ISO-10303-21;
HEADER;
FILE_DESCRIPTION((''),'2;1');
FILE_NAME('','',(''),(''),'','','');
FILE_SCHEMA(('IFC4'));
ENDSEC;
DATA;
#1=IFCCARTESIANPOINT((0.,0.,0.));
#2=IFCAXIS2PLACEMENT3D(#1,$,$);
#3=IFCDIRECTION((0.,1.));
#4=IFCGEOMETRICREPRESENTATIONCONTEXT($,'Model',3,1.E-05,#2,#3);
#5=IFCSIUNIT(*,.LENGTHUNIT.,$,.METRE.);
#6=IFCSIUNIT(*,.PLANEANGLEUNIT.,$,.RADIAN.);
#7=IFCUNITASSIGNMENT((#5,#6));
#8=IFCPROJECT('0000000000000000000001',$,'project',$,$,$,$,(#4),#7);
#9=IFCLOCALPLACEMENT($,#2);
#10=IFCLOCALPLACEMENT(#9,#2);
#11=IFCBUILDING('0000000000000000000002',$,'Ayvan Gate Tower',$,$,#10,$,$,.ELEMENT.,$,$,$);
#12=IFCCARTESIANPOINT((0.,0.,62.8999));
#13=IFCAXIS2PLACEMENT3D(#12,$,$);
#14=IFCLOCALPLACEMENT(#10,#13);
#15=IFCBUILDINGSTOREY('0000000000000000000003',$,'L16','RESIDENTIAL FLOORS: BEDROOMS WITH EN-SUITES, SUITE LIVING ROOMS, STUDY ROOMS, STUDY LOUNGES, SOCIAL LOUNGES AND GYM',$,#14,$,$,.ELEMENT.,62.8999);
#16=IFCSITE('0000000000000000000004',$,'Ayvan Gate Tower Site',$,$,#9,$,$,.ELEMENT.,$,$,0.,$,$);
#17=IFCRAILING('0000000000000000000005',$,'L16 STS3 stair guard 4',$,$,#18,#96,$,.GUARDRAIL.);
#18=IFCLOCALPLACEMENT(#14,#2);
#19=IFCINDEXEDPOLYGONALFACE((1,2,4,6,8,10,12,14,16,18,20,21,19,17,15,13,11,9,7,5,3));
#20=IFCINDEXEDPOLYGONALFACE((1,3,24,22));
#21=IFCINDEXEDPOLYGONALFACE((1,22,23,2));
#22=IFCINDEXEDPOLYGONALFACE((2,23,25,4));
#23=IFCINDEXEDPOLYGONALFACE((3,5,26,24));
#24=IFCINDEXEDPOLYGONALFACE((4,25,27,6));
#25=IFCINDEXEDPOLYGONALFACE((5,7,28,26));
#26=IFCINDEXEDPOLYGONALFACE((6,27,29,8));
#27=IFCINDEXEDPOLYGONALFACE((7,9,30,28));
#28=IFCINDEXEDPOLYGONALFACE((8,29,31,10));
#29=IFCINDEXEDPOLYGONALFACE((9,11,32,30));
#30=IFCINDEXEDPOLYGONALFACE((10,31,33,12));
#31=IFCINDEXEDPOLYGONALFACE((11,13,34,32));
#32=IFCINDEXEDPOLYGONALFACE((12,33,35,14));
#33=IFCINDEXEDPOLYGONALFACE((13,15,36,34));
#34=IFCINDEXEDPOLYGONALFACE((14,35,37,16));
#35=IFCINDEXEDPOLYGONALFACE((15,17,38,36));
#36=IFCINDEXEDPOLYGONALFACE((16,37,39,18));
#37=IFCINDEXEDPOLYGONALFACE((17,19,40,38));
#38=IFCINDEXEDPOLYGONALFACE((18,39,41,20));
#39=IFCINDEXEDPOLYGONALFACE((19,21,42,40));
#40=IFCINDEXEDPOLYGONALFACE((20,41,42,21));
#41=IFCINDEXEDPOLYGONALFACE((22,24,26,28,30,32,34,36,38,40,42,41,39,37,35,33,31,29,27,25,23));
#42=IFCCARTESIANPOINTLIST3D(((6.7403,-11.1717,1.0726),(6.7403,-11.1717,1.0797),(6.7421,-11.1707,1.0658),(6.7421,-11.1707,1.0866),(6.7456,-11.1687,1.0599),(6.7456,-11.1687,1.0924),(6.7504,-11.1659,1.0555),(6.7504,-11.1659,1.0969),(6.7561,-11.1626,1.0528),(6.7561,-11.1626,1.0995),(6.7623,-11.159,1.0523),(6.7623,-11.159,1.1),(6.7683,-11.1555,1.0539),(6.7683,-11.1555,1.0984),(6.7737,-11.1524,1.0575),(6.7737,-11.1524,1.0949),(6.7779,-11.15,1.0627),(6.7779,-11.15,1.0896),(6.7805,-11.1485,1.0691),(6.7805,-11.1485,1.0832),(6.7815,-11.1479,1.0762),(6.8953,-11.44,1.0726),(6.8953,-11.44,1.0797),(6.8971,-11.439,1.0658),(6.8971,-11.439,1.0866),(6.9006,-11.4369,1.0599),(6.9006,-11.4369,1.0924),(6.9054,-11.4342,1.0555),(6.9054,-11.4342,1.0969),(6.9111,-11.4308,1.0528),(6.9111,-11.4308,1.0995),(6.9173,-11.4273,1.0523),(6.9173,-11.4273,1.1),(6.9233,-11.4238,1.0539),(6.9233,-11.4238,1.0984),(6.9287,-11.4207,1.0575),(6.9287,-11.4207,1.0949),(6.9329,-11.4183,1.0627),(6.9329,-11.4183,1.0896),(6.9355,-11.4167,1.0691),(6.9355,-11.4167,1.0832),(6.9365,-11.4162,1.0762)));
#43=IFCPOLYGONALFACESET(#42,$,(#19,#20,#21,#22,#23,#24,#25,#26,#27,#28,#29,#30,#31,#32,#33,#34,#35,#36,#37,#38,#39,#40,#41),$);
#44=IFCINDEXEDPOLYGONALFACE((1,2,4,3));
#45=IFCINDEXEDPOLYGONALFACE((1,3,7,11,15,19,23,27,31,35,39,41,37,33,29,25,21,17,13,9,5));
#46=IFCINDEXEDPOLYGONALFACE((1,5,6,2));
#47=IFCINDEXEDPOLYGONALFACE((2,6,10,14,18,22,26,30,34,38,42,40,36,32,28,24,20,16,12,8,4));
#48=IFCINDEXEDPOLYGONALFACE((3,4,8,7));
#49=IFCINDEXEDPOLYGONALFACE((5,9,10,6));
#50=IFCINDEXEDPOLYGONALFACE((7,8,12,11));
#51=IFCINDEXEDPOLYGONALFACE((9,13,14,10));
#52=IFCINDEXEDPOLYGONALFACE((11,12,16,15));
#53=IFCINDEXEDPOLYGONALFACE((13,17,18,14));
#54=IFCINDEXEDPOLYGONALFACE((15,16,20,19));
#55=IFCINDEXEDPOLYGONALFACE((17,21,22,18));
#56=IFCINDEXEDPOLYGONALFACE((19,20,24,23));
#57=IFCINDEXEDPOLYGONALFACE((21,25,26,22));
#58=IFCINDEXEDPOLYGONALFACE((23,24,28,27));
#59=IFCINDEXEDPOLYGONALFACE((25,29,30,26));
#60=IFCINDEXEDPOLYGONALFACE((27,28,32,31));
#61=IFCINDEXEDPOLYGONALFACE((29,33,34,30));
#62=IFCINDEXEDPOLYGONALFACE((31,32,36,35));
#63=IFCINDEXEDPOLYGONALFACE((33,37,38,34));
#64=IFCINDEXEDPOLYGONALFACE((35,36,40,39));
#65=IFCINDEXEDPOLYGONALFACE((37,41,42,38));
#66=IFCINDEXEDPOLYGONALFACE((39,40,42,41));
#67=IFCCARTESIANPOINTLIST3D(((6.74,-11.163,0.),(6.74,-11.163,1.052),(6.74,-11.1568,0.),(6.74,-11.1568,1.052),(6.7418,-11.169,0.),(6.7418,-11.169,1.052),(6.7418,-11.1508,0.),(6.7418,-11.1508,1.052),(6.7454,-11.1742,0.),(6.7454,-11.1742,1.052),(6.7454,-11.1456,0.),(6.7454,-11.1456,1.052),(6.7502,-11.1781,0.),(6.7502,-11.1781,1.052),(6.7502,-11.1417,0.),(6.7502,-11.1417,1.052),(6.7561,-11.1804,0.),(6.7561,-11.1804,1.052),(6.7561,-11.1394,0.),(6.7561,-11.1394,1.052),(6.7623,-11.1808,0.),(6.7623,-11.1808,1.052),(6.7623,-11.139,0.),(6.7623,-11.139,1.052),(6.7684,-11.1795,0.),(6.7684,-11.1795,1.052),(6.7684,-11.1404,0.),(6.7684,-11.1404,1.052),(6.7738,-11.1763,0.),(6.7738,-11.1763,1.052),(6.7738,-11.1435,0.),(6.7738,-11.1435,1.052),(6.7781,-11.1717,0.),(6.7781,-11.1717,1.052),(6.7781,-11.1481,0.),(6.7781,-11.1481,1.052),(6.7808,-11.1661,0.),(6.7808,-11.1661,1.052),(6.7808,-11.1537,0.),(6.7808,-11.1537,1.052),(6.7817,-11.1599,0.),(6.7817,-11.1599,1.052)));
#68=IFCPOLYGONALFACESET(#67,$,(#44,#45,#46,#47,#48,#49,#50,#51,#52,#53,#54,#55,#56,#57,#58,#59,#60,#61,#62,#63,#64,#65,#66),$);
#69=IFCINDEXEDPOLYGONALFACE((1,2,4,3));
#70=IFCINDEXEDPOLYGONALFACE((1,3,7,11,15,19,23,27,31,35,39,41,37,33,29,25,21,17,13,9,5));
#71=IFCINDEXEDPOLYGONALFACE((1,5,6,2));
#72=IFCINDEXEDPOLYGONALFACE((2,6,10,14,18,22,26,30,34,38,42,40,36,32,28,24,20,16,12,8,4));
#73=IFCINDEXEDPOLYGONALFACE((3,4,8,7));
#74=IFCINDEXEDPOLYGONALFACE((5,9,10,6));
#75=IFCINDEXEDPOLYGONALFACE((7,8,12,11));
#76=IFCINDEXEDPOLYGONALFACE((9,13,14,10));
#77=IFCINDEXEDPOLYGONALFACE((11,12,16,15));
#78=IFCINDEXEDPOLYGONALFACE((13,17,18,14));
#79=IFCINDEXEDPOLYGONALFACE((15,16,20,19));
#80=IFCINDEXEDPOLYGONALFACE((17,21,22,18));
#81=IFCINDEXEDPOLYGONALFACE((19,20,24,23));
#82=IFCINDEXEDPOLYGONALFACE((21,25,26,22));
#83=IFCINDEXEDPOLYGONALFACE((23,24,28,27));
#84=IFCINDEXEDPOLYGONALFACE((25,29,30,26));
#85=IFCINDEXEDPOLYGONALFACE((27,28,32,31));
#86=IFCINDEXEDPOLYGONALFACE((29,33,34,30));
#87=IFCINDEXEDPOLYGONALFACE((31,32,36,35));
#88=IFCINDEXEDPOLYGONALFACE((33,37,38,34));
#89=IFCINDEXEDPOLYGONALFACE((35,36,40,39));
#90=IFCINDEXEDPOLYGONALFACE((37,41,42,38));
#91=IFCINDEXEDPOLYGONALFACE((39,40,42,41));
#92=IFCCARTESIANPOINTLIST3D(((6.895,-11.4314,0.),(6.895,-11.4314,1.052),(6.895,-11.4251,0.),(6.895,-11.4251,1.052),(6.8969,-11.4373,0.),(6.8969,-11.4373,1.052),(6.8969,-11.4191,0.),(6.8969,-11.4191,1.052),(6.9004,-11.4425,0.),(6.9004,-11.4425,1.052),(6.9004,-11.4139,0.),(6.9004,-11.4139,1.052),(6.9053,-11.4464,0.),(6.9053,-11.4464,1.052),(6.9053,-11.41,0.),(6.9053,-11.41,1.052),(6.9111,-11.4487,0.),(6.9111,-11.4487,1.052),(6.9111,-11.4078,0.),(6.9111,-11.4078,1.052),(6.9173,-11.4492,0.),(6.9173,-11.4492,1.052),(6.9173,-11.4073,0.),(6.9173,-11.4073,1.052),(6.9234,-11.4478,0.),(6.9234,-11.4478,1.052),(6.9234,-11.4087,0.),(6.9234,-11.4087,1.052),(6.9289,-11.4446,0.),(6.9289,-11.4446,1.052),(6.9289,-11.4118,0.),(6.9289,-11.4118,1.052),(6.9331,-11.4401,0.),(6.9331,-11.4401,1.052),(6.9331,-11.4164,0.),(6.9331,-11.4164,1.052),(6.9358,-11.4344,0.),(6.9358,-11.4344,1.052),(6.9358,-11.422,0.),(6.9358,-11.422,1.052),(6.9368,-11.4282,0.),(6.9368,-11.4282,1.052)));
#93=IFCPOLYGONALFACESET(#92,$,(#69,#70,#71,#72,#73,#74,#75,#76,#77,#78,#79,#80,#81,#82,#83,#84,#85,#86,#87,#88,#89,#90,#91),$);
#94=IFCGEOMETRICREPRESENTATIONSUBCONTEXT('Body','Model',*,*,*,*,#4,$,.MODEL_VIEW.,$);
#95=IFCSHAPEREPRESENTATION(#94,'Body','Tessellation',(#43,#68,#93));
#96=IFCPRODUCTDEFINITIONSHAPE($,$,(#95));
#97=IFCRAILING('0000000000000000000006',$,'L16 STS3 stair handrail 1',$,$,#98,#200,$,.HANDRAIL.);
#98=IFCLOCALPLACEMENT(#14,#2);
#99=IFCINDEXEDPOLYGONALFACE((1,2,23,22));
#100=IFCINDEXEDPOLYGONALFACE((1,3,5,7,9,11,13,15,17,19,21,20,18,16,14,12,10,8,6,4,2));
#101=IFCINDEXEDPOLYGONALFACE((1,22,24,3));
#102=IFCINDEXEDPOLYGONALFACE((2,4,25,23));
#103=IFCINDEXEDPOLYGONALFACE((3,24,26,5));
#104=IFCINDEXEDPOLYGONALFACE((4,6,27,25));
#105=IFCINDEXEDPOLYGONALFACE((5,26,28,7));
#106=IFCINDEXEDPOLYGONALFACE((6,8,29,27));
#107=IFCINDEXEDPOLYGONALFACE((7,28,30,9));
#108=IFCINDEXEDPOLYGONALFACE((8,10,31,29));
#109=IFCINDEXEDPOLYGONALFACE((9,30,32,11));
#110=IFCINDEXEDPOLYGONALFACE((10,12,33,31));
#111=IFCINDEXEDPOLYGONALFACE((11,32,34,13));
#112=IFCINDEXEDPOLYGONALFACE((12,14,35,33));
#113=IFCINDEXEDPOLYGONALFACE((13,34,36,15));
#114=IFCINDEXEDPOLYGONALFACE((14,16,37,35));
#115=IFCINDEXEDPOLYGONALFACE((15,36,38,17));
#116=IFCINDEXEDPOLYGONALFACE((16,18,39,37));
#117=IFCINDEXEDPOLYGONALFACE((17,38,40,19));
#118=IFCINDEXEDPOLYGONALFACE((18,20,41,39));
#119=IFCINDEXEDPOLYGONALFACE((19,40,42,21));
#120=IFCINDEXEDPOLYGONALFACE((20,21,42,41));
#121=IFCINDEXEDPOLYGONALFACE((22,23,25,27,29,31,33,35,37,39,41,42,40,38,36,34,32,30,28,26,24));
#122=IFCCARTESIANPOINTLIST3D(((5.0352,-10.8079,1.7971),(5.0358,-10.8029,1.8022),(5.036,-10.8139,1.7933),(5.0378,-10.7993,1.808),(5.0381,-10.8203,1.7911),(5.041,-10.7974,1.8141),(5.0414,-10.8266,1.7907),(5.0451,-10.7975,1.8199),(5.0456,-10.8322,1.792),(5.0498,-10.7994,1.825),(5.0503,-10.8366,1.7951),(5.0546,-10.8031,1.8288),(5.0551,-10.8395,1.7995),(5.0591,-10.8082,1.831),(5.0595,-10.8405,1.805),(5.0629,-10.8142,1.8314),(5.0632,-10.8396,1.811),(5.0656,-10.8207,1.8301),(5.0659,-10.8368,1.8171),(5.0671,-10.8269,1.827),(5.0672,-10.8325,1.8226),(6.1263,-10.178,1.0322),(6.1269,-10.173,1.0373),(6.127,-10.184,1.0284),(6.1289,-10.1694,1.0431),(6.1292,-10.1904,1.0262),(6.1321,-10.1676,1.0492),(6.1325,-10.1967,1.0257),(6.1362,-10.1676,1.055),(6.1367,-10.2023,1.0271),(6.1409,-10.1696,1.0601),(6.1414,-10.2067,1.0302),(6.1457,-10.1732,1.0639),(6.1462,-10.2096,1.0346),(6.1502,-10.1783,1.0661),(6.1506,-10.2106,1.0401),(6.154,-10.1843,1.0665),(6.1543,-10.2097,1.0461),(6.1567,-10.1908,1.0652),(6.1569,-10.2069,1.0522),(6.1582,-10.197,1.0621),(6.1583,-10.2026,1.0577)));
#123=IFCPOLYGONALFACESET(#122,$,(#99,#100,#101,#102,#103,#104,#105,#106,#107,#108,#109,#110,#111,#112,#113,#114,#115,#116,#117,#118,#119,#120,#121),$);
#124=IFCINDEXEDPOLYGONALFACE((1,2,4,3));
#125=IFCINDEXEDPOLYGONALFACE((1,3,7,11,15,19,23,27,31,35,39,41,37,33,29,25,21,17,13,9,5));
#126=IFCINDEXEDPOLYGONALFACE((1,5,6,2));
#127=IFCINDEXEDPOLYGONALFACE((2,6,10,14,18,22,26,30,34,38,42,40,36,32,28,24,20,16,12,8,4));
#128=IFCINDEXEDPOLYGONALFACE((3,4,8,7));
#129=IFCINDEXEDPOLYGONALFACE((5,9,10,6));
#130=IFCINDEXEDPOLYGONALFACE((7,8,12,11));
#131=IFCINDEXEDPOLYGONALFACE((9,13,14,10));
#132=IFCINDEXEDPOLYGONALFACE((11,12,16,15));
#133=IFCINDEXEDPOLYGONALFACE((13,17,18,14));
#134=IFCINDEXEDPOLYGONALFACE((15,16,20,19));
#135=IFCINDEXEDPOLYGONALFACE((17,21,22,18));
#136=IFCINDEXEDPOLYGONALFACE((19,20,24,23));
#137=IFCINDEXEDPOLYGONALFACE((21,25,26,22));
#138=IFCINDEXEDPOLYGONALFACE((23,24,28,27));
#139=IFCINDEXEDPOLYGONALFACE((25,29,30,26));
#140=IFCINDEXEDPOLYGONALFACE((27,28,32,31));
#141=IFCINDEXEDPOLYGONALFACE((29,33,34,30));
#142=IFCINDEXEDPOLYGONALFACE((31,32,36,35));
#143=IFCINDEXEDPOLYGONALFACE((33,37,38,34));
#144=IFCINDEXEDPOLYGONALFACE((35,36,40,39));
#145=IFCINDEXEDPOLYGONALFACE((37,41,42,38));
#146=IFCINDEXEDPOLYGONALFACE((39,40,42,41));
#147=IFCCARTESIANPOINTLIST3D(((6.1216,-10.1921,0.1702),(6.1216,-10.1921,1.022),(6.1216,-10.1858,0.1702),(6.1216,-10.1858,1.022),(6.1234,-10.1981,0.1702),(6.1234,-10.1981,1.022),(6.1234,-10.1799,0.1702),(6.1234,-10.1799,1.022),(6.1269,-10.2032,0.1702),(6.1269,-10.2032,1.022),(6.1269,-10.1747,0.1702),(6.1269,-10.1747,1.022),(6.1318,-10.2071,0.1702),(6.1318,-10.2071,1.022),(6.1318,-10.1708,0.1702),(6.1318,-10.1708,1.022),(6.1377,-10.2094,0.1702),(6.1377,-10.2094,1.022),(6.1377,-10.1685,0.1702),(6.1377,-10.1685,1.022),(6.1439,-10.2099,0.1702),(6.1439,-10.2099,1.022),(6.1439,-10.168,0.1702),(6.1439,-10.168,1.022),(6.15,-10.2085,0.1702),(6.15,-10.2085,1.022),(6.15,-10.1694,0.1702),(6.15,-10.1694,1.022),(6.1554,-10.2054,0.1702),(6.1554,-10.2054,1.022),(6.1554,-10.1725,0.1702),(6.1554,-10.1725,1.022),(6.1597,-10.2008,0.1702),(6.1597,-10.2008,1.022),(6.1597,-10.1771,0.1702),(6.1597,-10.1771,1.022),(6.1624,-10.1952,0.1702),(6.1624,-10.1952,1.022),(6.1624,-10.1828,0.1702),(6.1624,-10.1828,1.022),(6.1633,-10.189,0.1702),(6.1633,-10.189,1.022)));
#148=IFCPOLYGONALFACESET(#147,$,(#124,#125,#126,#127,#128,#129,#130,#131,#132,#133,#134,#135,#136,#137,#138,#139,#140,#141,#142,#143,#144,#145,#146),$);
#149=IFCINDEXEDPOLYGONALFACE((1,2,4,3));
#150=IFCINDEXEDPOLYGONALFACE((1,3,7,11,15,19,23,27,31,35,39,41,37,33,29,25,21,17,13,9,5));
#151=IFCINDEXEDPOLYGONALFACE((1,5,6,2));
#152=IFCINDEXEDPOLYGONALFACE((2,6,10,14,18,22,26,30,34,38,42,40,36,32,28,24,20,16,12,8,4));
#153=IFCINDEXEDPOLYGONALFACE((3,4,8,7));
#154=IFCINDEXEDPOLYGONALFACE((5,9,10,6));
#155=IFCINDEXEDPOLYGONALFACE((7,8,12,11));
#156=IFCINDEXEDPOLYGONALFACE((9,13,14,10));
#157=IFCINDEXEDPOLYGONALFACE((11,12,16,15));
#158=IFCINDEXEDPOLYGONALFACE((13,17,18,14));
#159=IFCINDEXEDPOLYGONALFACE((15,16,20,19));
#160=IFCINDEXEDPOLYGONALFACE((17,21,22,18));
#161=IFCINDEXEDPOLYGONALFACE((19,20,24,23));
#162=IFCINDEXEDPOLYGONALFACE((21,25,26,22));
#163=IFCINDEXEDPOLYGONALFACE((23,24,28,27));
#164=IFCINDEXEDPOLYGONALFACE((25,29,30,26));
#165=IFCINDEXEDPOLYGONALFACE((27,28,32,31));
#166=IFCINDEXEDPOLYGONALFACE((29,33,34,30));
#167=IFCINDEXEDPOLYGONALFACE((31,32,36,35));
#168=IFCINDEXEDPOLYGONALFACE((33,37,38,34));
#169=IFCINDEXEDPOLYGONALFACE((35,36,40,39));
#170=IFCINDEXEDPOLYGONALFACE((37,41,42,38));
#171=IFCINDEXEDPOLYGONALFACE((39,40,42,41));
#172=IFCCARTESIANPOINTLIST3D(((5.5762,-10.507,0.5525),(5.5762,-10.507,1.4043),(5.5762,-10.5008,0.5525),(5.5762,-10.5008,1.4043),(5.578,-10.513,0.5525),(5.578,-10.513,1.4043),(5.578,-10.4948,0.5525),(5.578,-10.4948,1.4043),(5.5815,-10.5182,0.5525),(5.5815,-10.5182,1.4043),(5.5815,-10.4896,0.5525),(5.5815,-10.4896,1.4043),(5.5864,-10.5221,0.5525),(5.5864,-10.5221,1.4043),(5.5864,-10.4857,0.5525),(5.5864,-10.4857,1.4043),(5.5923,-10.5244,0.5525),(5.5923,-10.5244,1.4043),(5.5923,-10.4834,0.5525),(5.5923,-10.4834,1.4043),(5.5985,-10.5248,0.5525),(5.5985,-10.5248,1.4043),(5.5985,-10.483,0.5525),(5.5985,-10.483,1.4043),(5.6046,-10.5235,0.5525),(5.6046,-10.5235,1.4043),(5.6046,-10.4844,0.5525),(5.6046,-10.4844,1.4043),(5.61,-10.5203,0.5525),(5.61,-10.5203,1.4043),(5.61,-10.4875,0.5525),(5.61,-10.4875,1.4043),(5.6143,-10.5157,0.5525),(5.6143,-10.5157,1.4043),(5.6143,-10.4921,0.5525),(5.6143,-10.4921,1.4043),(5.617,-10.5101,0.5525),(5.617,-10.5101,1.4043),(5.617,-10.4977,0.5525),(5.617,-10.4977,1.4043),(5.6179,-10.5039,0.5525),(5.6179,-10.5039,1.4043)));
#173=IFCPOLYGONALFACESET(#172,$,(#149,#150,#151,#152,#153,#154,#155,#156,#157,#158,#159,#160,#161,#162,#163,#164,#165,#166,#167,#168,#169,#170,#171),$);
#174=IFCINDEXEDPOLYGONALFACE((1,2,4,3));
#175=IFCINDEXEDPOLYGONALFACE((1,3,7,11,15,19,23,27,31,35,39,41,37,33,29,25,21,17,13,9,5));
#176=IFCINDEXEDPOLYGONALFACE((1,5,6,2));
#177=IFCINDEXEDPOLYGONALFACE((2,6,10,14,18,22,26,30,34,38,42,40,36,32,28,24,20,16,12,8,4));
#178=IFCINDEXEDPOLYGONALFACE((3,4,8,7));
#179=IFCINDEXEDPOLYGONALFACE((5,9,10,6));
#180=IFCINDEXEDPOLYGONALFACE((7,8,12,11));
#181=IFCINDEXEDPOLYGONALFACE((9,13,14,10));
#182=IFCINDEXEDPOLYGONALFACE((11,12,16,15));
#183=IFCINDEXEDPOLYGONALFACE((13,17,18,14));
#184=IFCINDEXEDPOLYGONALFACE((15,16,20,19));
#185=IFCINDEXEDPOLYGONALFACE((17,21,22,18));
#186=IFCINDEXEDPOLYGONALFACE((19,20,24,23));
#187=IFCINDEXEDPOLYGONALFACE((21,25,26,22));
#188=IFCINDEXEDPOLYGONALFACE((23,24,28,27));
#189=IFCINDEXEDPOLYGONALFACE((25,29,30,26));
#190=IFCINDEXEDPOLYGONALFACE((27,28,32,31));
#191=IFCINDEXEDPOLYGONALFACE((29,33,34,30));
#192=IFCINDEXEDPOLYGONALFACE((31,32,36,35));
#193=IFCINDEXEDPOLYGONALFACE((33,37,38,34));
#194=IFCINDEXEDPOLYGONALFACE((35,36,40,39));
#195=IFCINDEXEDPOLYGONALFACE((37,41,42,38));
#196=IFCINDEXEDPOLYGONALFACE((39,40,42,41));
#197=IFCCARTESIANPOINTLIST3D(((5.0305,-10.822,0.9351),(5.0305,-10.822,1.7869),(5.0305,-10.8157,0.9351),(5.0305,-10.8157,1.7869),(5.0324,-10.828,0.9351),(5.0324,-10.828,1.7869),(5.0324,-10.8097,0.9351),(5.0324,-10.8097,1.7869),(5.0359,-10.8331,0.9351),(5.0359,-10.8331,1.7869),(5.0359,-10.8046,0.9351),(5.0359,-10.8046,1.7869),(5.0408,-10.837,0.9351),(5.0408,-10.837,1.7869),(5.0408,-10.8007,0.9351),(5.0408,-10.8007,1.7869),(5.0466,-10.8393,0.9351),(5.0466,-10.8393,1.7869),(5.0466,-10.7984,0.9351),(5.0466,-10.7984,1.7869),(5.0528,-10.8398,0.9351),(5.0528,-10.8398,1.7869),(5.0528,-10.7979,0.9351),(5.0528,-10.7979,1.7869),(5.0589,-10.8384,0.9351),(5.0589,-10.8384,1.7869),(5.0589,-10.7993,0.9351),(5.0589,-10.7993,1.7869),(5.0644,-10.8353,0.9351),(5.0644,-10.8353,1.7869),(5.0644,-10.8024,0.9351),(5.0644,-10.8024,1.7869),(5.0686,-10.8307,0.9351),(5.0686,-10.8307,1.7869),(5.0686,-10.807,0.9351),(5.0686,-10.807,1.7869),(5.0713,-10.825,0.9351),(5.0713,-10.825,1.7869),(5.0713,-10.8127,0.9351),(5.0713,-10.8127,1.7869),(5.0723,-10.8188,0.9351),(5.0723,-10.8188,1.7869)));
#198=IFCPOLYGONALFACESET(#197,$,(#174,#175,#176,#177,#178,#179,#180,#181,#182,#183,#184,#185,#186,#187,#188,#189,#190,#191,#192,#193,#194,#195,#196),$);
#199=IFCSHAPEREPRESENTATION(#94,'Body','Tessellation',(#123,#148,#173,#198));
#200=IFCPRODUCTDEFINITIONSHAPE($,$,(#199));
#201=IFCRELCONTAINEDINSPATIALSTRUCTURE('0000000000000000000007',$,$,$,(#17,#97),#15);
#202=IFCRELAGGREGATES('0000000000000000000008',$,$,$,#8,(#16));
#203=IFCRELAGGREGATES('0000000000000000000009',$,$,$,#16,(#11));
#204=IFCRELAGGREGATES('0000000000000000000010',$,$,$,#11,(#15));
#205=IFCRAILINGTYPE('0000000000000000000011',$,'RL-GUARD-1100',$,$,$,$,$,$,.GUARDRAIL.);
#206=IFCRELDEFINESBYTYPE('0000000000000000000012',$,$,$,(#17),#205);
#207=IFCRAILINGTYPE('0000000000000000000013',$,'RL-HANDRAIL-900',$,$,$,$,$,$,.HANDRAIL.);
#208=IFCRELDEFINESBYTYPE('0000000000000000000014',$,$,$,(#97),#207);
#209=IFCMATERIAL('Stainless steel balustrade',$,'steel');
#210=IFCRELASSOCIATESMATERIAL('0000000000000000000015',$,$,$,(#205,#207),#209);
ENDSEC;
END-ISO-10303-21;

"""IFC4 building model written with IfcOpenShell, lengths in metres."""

from ifc_helpers import new_model, si_unit, direction, frame, origin, origin_2d, place, context, subcontext, project, spatial, circle, extrude, material, type_object, element, save


model = new_model("IFC4")

# Units and contexts
model_context = context("Model", 3, precision=1e-05, world=origin(), true_north=direction((0.0, 1.0)))
body_context = subcontext(model_context, "Body", "Model", "MODEL_VIEW")
ifc_project = project(units=[si_unit("LENGTHUNIT", "METRE"), si_unit("PLANEANGLEUNIT", "RADIAN")], contexts=[model_context])

# Site, building, storey
site_placement = place(None, origin())
site = spatial("IfcSite", under=ifc_project, at=site_placement, Name="Ayvan Gate Tower Site", CompositionType="ELEMENT", RefElevation=0.0)
building_placement = place(site_placement, origin())
building = spatial("IfcBuilding", under=site, at=building_placement, Name="Ayvan Gate Tower", CompositionType="ELEMENT")
storey_placement = place(building_placement, frame((0.0, 0.0, 62.8999)))
storey = spatial("IfcBuildingStorey", under=building, at=storey_placement, Name="L16", Description="RESIDENTIAL FLOORS: BEDROOMS WITH EN-SUITES, SUITE LIVING ROOMS, STUDY ROOMS, STUDY LOUNGES, SOCIAL LOUNGES AND GYM", CompositionType="ELEMENT", Elevation=62.8999)

# Railings
ifc_material_1 = material(Name="Stainless steel balustrade", Category="steel")
railing_type_1 = type_object("IfcRailingType", Name="RL-GUARD-1100", PredefinedType="GUARDRAIL", material=ifc_material_1)
railing_1_placement = place(storey_placement, frame((6.7607, -11.1599, 0.0)))
element("IfcRailing", 1, at=railing_1_placement, inside=storey, type_object=railing_type_1, Name="L16 STS3 stair guard 4", PredefinedType="GUARDRAIL", context=body_context, shape_type="SweptSolid", body=[
    extrude(circle(Radius=0.0239, at=origin_2d()), frame((0.0, 0.0, 1.0762), z_axis=(0.500291, -0.865857, 0.0), x_axis=(0.865857, 0.500291, 0.0)), (0.0, 0.0, 1.0), 0.3098),
    extrude(circle(Radius=0.021, at=origin_2d()), origin(), (0.0, 0.0, 1.0), 1.052),
    extrude(circle(Radius=0.021, at=origin_2d()), frame((0.155, -0.2683, 0.0)), (0.0, 0.0, 1.0), 1.052),
])
railing_type_2 = type_object("IfcRailingType", Name="RL-HANDRAIL-900", PredefinedType="HANDRAIL", material=ifc_material_1)
railing_2_placement = place(storey_placement, frame((6.1423, -10.189, 0.1702)))
element("IfcRailing", 2, at=railing_2_placement, inside=storey, type_object=railing_type_2, Name="L16 STS3 stair handrail 1", PredefinedType="HANDRAIL", context=body_context, shape_type="SweptSolid", body=[
    extrude(circle(Radius=0.0239, at=origin_2d()), frame((0.0, 0.0, 0.876), z_axis=(-0.740282, -0.427372, 0.518976), x_axis=(0.499974, -0.86604, 0.0)), (0.0, 0.0, 1.0), 1.4739),
    extrude(circle(Radius=0.021, at=origin_2d()), origin(), (0.0, 0.0, 1.0), 0.8518),
    extrude(circle(Radius=0.021, at=origin_2d()), frame((-0.5454, -0.3149, 0.3823)), (0.0, 0.0, 1.0), 0.8518),
    extrude(circle(Radius=0.021, at=origin_2d()), frame((-1.0911, -0.6299, 0.7649)), (0.0, 0.0, 1.0), 0.8518),
])

save(model, "model.ifc")
